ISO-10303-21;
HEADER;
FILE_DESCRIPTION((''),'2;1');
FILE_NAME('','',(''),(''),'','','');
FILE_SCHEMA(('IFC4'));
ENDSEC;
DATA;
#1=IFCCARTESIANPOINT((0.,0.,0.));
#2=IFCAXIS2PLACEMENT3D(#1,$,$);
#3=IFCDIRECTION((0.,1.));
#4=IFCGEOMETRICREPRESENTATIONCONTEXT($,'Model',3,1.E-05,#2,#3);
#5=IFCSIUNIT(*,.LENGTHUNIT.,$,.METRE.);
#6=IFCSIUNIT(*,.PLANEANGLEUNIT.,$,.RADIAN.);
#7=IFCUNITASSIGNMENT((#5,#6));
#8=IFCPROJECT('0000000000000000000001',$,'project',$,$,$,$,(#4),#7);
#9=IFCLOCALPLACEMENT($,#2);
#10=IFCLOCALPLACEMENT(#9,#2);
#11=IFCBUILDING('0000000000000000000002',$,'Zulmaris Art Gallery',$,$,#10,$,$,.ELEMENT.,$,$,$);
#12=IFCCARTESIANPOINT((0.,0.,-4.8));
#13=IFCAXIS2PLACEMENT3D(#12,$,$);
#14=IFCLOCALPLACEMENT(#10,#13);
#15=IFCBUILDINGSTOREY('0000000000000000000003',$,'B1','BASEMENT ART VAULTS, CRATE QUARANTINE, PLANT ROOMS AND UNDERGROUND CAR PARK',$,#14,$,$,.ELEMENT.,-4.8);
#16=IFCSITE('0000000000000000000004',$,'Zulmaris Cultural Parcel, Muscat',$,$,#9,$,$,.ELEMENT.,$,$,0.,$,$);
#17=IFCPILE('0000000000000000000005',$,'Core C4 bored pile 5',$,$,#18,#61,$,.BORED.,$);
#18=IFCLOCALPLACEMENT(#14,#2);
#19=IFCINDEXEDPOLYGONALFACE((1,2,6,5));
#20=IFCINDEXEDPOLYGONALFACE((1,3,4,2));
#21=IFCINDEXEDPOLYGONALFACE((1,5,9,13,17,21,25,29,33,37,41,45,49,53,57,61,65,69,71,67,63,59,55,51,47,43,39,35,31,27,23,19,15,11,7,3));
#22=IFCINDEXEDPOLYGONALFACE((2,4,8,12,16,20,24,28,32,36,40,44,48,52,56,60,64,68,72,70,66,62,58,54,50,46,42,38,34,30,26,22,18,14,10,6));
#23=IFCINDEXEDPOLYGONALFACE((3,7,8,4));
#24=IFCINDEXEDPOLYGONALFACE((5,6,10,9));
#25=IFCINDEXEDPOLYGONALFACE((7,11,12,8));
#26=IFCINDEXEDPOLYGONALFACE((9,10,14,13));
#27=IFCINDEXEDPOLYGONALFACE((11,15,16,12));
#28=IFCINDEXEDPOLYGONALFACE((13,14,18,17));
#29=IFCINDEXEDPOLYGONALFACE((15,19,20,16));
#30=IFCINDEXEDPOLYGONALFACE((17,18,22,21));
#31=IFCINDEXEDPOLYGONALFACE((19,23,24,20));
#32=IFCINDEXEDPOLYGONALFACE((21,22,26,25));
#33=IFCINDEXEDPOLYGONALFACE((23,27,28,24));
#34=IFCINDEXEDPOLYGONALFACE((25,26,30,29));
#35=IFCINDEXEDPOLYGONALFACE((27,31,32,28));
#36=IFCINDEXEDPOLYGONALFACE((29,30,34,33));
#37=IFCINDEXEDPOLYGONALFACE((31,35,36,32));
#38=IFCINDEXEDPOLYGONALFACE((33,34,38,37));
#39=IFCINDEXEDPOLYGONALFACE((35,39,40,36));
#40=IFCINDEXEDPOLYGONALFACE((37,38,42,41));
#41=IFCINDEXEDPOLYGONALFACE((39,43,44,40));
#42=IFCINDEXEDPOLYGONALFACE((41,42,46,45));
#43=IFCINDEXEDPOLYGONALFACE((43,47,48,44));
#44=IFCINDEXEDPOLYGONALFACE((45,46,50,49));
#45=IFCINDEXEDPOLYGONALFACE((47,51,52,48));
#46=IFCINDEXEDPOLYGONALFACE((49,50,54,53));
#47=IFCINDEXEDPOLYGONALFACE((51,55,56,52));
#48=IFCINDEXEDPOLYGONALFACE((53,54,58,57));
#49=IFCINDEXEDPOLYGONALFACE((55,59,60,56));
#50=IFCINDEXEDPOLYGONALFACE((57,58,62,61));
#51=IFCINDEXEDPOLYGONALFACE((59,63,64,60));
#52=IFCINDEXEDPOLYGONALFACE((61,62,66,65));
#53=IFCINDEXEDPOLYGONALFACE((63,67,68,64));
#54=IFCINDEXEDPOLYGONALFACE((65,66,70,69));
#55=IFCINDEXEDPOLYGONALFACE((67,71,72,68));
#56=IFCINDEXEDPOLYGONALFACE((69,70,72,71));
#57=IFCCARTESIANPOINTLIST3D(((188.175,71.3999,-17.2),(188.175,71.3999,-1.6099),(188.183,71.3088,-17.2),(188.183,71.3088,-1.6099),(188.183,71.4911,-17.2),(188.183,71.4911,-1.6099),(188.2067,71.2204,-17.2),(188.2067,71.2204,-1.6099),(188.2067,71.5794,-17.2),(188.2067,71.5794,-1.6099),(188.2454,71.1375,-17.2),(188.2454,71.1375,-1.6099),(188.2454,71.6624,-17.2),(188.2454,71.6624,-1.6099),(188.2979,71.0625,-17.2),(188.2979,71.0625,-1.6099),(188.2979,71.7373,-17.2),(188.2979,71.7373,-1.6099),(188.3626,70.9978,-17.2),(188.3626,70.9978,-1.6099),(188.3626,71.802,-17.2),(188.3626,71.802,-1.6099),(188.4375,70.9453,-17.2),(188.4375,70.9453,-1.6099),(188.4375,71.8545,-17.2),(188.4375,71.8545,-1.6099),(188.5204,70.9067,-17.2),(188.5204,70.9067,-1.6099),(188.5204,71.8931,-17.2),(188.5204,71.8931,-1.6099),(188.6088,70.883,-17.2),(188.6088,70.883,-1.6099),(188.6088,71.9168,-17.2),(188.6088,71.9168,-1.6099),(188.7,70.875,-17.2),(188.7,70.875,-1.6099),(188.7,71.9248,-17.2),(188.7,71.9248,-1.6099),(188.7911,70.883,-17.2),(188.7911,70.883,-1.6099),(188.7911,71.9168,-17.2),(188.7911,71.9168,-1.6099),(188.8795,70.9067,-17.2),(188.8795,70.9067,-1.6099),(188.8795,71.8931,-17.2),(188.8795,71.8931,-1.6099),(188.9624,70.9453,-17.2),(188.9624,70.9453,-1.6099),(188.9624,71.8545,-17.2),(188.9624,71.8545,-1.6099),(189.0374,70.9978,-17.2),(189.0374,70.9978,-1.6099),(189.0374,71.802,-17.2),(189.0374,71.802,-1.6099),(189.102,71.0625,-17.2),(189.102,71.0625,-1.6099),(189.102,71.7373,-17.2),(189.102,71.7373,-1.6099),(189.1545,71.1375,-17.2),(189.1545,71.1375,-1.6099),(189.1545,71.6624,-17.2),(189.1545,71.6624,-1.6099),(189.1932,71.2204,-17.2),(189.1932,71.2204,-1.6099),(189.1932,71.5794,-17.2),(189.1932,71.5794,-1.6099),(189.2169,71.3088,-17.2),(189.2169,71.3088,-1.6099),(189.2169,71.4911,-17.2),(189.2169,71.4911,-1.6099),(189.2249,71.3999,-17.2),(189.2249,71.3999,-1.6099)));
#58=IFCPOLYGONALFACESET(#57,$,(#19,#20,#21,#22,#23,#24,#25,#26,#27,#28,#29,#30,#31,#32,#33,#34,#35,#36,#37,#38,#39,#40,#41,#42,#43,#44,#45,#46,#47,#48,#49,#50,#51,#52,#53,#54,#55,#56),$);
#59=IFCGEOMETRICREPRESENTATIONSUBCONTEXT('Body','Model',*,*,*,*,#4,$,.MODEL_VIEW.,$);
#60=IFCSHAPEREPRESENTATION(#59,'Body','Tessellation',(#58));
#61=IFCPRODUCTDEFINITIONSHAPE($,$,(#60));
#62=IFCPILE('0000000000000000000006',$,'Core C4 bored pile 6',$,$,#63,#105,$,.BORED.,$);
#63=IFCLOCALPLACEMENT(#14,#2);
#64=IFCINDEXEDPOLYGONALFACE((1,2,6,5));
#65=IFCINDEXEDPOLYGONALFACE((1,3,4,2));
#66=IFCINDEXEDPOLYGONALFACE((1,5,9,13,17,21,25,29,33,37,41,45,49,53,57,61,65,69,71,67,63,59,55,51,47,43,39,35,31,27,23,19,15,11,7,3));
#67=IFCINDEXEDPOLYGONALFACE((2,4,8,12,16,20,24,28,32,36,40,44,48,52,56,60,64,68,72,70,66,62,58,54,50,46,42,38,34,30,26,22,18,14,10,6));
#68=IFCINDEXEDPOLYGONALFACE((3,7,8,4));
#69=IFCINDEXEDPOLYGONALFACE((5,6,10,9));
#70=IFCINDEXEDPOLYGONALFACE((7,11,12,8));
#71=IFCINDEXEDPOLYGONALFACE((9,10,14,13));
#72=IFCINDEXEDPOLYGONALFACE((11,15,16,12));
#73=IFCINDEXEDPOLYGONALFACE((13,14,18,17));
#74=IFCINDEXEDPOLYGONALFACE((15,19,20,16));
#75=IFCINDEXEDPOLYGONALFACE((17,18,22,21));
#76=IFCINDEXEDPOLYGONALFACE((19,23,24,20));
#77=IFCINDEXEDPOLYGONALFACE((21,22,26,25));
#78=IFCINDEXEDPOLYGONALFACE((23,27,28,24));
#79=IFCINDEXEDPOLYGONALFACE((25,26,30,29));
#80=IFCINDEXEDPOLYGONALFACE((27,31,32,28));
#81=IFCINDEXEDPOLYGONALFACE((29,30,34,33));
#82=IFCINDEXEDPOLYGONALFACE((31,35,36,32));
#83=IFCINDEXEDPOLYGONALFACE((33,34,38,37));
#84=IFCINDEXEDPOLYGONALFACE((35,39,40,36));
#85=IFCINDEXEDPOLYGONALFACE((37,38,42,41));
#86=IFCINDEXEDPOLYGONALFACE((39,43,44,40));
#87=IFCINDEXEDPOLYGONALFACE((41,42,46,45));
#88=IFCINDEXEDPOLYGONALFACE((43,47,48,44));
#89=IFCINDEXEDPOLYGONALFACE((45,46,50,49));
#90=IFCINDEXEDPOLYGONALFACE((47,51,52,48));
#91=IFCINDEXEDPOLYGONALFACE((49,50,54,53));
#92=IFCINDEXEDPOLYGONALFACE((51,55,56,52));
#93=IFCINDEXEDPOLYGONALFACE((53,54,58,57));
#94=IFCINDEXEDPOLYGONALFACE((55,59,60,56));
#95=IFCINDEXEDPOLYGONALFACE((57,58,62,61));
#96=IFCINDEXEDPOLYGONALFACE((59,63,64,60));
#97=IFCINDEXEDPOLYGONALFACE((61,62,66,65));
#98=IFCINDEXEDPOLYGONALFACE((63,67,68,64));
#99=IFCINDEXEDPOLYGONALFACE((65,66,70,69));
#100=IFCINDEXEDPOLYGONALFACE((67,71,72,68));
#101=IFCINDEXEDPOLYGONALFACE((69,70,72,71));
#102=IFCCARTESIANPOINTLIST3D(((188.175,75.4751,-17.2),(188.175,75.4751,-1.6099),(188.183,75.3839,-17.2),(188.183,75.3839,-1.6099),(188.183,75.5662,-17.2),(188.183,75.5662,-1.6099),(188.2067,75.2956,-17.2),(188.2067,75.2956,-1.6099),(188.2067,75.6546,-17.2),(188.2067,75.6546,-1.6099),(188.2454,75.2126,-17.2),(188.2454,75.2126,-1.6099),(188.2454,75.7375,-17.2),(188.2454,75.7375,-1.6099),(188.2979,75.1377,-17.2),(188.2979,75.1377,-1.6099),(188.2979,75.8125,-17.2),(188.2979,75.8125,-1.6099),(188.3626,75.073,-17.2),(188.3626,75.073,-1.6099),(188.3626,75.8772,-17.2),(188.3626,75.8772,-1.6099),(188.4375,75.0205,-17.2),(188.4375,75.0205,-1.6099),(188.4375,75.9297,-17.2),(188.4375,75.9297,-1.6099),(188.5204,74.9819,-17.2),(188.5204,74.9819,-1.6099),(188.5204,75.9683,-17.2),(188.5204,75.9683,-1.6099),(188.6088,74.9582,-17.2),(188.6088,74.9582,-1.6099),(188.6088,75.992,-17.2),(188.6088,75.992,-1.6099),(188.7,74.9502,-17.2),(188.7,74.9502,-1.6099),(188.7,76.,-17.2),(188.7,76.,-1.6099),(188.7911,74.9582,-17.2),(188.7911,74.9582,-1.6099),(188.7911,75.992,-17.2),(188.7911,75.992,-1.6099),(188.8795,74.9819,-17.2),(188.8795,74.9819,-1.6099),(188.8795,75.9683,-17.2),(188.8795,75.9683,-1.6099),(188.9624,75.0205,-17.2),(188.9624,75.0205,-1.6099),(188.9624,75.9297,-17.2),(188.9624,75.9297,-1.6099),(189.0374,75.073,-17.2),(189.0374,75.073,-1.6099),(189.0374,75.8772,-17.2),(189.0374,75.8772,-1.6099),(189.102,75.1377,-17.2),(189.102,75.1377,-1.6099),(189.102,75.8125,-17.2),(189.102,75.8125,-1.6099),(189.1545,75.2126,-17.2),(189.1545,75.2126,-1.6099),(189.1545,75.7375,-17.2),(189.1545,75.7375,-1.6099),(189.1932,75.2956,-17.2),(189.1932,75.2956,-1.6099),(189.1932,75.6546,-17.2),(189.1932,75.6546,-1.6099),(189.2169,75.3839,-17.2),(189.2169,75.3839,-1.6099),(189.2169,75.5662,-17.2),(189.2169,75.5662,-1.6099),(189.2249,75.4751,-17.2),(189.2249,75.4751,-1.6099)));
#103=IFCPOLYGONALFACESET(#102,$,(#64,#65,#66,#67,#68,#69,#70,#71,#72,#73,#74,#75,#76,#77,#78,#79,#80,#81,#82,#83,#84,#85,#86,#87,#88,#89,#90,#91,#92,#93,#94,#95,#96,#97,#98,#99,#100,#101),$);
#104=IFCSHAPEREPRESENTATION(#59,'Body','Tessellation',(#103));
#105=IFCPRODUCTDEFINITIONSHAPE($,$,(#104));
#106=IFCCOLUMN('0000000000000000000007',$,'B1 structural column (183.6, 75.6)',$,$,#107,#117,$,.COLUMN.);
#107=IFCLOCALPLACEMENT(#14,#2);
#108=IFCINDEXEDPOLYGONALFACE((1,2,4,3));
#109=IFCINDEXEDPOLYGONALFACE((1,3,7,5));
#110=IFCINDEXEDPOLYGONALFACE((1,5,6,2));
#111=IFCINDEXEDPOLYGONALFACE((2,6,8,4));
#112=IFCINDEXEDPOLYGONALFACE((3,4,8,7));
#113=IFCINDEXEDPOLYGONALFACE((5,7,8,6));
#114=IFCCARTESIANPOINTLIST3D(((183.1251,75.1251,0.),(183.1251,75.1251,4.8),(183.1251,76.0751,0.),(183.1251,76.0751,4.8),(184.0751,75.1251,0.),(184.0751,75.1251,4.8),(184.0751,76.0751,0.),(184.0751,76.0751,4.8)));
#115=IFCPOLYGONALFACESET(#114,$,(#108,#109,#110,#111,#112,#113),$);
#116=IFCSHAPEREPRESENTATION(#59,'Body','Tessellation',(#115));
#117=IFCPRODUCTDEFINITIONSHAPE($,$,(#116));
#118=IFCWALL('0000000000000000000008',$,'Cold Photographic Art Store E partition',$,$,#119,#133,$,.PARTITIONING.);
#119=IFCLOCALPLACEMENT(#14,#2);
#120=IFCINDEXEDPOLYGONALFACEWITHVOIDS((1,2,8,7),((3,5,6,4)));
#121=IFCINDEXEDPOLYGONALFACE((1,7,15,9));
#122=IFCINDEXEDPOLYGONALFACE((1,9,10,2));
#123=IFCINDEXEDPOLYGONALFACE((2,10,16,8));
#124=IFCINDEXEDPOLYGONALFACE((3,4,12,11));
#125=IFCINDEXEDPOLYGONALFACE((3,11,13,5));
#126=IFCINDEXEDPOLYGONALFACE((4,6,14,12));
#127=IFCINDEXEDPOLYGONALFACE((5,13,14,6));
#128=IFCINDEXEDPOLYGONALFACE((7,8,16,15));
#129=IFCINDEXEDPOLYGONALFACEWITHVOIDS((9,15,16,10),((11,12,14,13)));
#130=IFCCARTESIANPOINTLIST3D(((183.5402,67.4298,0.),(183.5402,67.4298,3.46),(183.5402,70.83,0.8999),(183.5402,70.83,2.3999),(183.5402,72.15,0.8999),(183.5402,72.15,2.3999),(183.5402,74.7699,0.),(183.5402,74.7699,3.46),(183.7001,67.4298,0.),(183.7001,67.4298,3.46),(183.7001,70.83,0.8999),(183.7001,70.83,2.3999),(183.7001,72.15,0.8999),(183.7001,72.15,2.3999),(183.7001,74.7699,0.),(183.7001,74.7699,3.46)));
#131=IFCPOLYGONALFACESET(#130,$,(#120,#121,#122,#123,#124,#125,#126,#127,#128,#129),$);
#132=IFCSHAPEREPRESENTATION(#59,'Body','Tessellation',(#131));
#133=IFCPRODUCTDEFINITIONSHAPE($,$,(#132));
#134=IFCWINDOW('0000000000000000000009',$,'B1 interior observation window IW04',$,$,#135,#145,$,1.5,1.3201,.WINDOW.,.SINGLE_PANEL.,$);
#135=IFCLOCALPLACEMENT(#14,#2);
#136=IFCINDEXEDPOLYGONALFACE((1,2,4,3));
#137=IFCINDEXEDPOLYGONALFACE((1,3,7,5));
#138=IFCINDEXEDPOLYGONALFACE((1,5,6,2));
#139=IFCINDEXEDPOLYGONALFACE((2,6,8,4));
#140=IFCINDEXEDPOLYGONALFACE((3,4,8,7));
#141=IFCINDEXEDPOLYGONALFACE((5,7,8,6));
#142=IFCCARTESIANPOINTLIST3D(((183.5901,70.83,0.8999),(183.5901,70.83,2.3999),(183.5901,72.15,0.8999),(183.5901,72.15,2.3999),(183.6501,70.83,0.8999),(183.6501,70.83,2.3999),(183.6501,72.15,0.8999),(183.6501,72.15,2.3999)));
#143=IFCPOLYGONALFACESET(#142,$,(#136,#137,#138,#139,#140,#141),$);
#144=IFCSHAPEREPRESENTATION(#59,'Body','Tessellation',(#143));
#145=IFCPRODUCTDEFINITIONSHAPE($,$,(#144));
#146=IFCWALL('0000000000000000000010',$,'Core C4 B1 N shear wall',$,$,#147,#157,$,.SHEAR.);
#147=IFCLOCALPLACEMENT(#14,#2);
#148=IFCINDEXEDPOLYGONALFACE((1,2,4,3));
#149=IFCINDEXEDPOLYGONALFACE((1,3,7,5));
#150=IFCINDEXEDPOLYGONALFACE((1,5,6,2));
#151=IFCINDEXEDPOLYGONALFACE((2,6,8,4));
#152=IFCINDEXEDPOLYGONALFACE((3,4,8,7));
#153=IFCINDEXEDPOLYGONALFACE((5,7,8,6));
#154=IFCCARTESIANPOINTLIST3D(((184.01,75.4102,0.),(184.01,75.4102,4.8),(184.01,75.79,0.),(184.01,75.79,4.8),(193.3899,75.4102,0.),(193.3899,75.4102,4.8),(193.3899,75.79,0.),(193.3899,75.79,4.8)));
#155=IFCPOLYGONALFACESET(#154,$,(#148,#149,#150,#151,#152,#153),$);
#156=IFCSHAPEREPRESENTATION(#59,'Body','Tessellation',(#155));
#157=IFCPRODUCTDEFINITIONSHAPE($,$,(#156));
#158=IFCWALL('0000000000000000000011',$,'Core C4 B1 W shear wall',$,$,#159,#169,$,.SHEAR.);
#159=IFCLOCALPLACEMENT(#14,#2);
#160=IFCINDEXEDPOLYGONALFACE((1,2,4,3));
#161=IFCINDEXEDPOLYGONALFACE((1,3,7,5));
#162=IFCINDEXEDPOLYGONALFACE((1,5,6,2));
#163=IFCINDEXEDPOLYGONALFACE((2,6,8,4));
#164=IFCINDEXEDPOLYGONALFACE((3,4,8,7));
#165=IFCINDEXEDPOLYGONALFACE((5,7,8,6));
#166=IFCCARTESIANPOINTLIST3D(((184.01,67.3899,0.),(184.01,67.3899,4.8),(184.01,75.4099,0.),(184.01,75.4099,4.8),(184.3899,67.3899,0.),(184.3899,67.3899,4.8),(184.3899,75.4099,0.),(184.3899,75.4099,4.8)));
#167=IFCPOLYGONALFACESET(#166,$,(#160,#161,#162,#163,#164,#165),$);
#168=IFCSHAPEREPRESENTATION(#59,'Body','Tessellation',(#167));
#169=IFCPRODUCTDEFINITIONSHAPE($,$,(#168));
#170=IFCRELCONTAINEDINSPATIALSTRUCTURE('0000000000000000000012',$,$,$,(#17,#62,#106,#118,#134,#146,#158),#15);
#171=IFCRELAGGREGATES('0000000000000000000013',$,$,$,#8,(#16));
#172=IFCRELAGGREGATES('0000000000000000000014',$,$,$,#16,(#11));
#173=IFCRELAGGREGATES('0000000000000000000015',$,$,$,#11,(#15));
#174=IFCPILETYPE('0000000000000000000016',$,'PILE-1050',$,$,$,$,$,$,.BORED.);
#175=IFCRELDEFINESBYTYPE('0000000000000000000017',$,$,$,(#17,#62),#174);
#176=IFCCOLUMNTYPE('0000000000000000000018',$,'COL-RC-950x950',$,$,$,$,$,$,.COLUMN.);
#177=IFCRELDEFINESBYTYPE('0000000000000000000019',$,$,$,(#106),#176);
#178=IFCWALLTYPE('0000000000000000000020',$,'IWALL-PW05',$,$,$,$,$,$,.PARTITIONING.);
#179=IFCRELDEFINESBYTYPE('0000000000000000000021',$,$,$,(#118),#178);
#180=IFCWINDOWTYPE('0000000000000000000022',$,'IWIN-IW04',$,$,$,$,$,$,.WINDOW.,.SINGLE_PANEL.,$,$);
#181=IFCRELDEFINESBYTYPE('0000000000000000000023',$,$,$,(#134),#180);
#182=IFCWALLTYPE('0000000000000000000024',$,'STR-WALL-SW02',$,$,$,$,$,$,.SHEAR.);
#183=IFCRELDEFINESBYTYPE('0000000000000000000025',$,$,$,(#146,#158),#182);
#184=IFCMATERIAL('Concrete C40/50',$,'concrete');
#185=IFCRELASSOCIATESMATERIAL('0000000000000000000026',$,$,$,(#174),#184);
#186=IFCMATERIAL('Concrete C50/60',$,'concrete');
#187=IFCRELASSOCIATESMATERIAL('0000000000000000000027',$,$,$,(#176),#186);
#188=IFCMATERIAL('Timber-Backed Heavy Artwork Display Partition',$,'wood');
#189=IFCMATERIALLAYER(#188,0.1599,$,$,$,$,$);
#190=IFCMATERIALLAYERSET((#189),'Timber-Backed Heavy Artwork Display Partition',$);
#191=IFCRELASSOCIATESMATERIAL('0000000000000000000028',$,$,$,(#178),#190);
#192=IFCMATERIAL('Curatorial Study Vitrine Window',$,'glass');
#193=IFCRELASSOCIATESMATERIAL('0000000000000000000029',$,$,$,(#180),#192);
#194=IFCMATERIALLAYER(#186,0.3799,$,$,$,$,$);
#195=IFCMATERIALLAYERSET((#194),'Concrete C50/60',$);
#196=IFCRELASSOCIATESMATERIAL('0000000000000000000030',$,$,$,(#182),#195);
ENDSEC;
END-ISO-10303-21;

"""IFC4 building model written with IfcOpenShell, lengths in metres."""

from ifc_helpers import new_model, si_unit, direction, frame, frame_2d, origin, origin_2d, place, context, subcontext, project, spatial, rectangle, circle, extrude, material, layer, layer_set, material_profile, profile_set, type_object, element, fill, save


model = new_model("IFC4")

# Units and contexts
model_context = context("Model", 3, precision=1e-05, world=origin(), true_north=direction((0.0, 1.0)))
body_context = subcontext(model_context, "Body", "Model", "MODEL_VIEW")
ifc_project = project(units=[si_unit("LENGTHUNIT", "METRE"), si_unit("PLANEANGLEUNIT", "RADIAN")], contexts=[model_context])

# Site, building, storey
site_placement = place(None, origin())
site = spatial("IfcSite", under=ifc_project, at=site_placement, Name="Zulmaris Cultural Parcel, Muscat", CompositionType="ELEMENT", RefElevation=0.0)
building_placement = place(site_placement, origin())
building = spatial("IfcBuilding", under=site, at=building_placement, Name="Zulmaris Art Gallery", CompositionType="ELEMENT")
storey_placement = place(building_placement, frame((0.0, 0.0, -4.8)))
storey = spatial("IfcBuildingStorey", under=building, at=storey_placement, Name="B1", Description="BASEMENT ART VAULTS, CRATE QUARANTINE, PLANT ROOMS AND UNDERGROUND CAR PARK", CompositionType="ELEMENT", Elevation=-4.8)

# Piles
ifc_material_1 = material(Name="Concrete C40/50", Category="concrete")
ifc_material_profile_1 = material_profile(ifc_material_1, circle(Radius=0.5249, at=origin_2d()), Name="PILE DIA 1050")
ifc_profile_set_1 = profile_set([ifc_material_profile_1], Name="Concrete C40/50")
pile_type = type_object("IfcPileType", Name="PILE-1050", PredefinedType="BORED", material=ifc_profile_set_1)
for number, where, z_axis, x_axis, name in (
    (1, (188.7, 71.3999, -1.6099), (0.0, 0.0, -1.0), (1.0, 0.0, 0.0), "Core C4 bored pile 5"),
    (2, (188.7, 75.4751, -1.6099), (0.0, 0.0, -1.0), (1.0, 0.0, 0.0), "Core C4 bored pile 6"),
):
    element("IfcPile", number, at=place(storey_placement, frame(where, z_axis=z_axis, x_axis=x_axis)), inside=storey, type_object=pile_type, Name=name, PredefinedType="BORED", context=body_context, shape_type="SweptSolid", body=[
        extrude(circle(Radius=0.5249, at=origin_2d()), origin(), (0.0, 0.0, 1.0), 15.5901),
    ])

# Column
ifc_material_2 = material(Name="Concrete C50/60", Category="concrete")
ifc_material_profile_2 = material_profile(ifc_material_2, rectangle(XDim=0.95, YDim=0.95, at=origin_2d()), Name="RC 950x950")
ifc_profile_set_2 = profile_set([ifc_material_profile_2], Name="Concrete C50/60")
column_type = type_object("IfcColumnType", Name="COL-RC-950x950", PredefinedType="COLUMN", material=ifc_profile_set_2)
column_placement = place(storey_placement, frame((183.6001, 75.6001, 0.0), z_axis=(0.0, 0.0, 1.0), x_axis=(1.0, 0.0, 0.0)))
element("IfcColumn", 3, at=column_placement, inside=storey, type_object=column_type, Name="B1 structural column (183.6, 75.6)", PredefinedType="COLUMN", context=body_context, shape_type="SweptSolid", body=[
    extrude(rectangle(XDim=0.95, YDim=0.95, at=origin_2d()), origin(), (0.0, 0.0, 1.0), 4.8),
])

# Wall, opening, window
ifc_material_3 = material(Name="Timber-Backed Heavy Artwork Display Partition", Category="wood")
ifc_layer_1 = layer(ifc_material_3, 0.1599)
ifc_layer_set_1 = layer_set([ifc_layer_1], Name="Timber-Backed Heavy Artwork Display Partition")
wall_type_1 = type_object("IfcWallType", Name="IWALL-PW05", PredefinedType="PARTITIONING", material=ifc_layer_set_1)
wall_1_placement = place(storey_placement, frame((183.6201, 67.4299, 0.0), z_axis=(0.0, 0.0, 1.0), x_axis=(0.0, 1.0, 0.0)))
wall_1 = element("IfcWall", 4, at=wall_1_placement, inside=storey, type_object=wall_type_1, Name="Cold Photographic Art Store E partition", PredefinedType="PARTITIONING", context=body_context, shape_type="SweptSolid", body=[
    extrude(rectangle(XDim=7.3401, YDim=0.1599, at=frame_2d((3.6699, 0.0))), origin(), (0.0, 0.0, 1.0), 3.46),
])
opening_1_placement = place(wall_1_placement, frame((3.3999, 0.0, 0.8999)))
opening_1 = element("IfcOpeningElement", 5, at=opening_1_placement, cuts=wall_1, PredefinedType="OPENING", context=body_context, shape_type="SweptSolid", body=[
    extrude(rectangle(XDim=1.3201, YDim=1.5, at=frame_2d((0.6602, 0.75))), frame((0.0, 0.0898, 0.0), z_axis=(0.0, -1.0, 0.0), x_axis=(1.0, 0.0, 0.0)), (0.0, 0.0, 1.0), 0.1799),
])
ifc_material_4 = material(Name="Curatorial Study Vitrine Window", Category="glass")
window_type = type_object("IfcWindowType", Name="IWIN-IW04", PartitioningType="SINGLE_PANEL", PredefinedType="WINDOW", material=ifc_material_4)
window_placement = place(opening_1_placement, origin())
window = element("IfcWindow", 6, at=window_placement, inside=storey, type_object=window_type, Name="B1 interior observation window IW04", OverallHeight=1.5, OverallWidth=1.3201, PartitioningType="SINGLE_PANEL", PredefinedType="WINDOW", context=body_context, shape_type="SweptSolid", body=[
    extrude(rectangle(XDim=1.3201, YDim=1.5, at=frame_2d((0.6602, 0.75))), frame((0.0, 0.03, 0.0), z_axis=(0.0, -1.0, 0.0), x_axis=(1.0, 0.0, 0.0)), (0.0, 0.0, 1.0), 0.0601),
])
fill(opening_1, window)

# Walls
ifc_layer_2 = layer(ifc_material_2, 0.3799)
ifc_layer_set_2 = layer_set([ifc_layer_2], Name="Concrete C50/60")
wall_type_2 = type_object("IfcWallType", Name="STR-WALL-SW02", PredefinedType="SHEAR", material=ifc_layer_set_2)
wall_2_placement = place(storey_placement, frame((184.01, 75.6001, 0.0), z_axis=(0.0, 0.0, 1.0), x_axis=(1.0, 0.0, 0.0)))
element("IfcWall", 7, at=wall_2_placement, inside=storey, type_object=wall_type_2, Name="Core C4 B1 N shear wall", PredefinedType="SHEAR", context=body_context, shape_type="SweptSolid", body=[
    extrude(rectangle(XDim=9.3799, YDim=0.3799, at=frame_2d((4.6899, 0.0))), origin(), (0.0, 0.0, 1.0), 4.8),
])
wall_3_placement = place(storey_placement, frame((184.2, 67.3899, 0.0), z_axis=(0.0, 0.0, 1.0), x_axis=(0.0, 1.0, 0.0)))
element("IfcWall", 8, at=wall_3_placement, inside=storey, type_object=wall_type_2, Name="Core C4 B1 W shear wall", PredefinedType="SHEAR", context=body_context, shape_type="SweptSolid", body=[
    extrude(rectangle(XDim=8.02, YDim=0.3799, at=frame_2d((4.01, 0.0))), origin(), (0.0, 0.0, 1.0), 4.8),
])

save(model, "model.ifc")
